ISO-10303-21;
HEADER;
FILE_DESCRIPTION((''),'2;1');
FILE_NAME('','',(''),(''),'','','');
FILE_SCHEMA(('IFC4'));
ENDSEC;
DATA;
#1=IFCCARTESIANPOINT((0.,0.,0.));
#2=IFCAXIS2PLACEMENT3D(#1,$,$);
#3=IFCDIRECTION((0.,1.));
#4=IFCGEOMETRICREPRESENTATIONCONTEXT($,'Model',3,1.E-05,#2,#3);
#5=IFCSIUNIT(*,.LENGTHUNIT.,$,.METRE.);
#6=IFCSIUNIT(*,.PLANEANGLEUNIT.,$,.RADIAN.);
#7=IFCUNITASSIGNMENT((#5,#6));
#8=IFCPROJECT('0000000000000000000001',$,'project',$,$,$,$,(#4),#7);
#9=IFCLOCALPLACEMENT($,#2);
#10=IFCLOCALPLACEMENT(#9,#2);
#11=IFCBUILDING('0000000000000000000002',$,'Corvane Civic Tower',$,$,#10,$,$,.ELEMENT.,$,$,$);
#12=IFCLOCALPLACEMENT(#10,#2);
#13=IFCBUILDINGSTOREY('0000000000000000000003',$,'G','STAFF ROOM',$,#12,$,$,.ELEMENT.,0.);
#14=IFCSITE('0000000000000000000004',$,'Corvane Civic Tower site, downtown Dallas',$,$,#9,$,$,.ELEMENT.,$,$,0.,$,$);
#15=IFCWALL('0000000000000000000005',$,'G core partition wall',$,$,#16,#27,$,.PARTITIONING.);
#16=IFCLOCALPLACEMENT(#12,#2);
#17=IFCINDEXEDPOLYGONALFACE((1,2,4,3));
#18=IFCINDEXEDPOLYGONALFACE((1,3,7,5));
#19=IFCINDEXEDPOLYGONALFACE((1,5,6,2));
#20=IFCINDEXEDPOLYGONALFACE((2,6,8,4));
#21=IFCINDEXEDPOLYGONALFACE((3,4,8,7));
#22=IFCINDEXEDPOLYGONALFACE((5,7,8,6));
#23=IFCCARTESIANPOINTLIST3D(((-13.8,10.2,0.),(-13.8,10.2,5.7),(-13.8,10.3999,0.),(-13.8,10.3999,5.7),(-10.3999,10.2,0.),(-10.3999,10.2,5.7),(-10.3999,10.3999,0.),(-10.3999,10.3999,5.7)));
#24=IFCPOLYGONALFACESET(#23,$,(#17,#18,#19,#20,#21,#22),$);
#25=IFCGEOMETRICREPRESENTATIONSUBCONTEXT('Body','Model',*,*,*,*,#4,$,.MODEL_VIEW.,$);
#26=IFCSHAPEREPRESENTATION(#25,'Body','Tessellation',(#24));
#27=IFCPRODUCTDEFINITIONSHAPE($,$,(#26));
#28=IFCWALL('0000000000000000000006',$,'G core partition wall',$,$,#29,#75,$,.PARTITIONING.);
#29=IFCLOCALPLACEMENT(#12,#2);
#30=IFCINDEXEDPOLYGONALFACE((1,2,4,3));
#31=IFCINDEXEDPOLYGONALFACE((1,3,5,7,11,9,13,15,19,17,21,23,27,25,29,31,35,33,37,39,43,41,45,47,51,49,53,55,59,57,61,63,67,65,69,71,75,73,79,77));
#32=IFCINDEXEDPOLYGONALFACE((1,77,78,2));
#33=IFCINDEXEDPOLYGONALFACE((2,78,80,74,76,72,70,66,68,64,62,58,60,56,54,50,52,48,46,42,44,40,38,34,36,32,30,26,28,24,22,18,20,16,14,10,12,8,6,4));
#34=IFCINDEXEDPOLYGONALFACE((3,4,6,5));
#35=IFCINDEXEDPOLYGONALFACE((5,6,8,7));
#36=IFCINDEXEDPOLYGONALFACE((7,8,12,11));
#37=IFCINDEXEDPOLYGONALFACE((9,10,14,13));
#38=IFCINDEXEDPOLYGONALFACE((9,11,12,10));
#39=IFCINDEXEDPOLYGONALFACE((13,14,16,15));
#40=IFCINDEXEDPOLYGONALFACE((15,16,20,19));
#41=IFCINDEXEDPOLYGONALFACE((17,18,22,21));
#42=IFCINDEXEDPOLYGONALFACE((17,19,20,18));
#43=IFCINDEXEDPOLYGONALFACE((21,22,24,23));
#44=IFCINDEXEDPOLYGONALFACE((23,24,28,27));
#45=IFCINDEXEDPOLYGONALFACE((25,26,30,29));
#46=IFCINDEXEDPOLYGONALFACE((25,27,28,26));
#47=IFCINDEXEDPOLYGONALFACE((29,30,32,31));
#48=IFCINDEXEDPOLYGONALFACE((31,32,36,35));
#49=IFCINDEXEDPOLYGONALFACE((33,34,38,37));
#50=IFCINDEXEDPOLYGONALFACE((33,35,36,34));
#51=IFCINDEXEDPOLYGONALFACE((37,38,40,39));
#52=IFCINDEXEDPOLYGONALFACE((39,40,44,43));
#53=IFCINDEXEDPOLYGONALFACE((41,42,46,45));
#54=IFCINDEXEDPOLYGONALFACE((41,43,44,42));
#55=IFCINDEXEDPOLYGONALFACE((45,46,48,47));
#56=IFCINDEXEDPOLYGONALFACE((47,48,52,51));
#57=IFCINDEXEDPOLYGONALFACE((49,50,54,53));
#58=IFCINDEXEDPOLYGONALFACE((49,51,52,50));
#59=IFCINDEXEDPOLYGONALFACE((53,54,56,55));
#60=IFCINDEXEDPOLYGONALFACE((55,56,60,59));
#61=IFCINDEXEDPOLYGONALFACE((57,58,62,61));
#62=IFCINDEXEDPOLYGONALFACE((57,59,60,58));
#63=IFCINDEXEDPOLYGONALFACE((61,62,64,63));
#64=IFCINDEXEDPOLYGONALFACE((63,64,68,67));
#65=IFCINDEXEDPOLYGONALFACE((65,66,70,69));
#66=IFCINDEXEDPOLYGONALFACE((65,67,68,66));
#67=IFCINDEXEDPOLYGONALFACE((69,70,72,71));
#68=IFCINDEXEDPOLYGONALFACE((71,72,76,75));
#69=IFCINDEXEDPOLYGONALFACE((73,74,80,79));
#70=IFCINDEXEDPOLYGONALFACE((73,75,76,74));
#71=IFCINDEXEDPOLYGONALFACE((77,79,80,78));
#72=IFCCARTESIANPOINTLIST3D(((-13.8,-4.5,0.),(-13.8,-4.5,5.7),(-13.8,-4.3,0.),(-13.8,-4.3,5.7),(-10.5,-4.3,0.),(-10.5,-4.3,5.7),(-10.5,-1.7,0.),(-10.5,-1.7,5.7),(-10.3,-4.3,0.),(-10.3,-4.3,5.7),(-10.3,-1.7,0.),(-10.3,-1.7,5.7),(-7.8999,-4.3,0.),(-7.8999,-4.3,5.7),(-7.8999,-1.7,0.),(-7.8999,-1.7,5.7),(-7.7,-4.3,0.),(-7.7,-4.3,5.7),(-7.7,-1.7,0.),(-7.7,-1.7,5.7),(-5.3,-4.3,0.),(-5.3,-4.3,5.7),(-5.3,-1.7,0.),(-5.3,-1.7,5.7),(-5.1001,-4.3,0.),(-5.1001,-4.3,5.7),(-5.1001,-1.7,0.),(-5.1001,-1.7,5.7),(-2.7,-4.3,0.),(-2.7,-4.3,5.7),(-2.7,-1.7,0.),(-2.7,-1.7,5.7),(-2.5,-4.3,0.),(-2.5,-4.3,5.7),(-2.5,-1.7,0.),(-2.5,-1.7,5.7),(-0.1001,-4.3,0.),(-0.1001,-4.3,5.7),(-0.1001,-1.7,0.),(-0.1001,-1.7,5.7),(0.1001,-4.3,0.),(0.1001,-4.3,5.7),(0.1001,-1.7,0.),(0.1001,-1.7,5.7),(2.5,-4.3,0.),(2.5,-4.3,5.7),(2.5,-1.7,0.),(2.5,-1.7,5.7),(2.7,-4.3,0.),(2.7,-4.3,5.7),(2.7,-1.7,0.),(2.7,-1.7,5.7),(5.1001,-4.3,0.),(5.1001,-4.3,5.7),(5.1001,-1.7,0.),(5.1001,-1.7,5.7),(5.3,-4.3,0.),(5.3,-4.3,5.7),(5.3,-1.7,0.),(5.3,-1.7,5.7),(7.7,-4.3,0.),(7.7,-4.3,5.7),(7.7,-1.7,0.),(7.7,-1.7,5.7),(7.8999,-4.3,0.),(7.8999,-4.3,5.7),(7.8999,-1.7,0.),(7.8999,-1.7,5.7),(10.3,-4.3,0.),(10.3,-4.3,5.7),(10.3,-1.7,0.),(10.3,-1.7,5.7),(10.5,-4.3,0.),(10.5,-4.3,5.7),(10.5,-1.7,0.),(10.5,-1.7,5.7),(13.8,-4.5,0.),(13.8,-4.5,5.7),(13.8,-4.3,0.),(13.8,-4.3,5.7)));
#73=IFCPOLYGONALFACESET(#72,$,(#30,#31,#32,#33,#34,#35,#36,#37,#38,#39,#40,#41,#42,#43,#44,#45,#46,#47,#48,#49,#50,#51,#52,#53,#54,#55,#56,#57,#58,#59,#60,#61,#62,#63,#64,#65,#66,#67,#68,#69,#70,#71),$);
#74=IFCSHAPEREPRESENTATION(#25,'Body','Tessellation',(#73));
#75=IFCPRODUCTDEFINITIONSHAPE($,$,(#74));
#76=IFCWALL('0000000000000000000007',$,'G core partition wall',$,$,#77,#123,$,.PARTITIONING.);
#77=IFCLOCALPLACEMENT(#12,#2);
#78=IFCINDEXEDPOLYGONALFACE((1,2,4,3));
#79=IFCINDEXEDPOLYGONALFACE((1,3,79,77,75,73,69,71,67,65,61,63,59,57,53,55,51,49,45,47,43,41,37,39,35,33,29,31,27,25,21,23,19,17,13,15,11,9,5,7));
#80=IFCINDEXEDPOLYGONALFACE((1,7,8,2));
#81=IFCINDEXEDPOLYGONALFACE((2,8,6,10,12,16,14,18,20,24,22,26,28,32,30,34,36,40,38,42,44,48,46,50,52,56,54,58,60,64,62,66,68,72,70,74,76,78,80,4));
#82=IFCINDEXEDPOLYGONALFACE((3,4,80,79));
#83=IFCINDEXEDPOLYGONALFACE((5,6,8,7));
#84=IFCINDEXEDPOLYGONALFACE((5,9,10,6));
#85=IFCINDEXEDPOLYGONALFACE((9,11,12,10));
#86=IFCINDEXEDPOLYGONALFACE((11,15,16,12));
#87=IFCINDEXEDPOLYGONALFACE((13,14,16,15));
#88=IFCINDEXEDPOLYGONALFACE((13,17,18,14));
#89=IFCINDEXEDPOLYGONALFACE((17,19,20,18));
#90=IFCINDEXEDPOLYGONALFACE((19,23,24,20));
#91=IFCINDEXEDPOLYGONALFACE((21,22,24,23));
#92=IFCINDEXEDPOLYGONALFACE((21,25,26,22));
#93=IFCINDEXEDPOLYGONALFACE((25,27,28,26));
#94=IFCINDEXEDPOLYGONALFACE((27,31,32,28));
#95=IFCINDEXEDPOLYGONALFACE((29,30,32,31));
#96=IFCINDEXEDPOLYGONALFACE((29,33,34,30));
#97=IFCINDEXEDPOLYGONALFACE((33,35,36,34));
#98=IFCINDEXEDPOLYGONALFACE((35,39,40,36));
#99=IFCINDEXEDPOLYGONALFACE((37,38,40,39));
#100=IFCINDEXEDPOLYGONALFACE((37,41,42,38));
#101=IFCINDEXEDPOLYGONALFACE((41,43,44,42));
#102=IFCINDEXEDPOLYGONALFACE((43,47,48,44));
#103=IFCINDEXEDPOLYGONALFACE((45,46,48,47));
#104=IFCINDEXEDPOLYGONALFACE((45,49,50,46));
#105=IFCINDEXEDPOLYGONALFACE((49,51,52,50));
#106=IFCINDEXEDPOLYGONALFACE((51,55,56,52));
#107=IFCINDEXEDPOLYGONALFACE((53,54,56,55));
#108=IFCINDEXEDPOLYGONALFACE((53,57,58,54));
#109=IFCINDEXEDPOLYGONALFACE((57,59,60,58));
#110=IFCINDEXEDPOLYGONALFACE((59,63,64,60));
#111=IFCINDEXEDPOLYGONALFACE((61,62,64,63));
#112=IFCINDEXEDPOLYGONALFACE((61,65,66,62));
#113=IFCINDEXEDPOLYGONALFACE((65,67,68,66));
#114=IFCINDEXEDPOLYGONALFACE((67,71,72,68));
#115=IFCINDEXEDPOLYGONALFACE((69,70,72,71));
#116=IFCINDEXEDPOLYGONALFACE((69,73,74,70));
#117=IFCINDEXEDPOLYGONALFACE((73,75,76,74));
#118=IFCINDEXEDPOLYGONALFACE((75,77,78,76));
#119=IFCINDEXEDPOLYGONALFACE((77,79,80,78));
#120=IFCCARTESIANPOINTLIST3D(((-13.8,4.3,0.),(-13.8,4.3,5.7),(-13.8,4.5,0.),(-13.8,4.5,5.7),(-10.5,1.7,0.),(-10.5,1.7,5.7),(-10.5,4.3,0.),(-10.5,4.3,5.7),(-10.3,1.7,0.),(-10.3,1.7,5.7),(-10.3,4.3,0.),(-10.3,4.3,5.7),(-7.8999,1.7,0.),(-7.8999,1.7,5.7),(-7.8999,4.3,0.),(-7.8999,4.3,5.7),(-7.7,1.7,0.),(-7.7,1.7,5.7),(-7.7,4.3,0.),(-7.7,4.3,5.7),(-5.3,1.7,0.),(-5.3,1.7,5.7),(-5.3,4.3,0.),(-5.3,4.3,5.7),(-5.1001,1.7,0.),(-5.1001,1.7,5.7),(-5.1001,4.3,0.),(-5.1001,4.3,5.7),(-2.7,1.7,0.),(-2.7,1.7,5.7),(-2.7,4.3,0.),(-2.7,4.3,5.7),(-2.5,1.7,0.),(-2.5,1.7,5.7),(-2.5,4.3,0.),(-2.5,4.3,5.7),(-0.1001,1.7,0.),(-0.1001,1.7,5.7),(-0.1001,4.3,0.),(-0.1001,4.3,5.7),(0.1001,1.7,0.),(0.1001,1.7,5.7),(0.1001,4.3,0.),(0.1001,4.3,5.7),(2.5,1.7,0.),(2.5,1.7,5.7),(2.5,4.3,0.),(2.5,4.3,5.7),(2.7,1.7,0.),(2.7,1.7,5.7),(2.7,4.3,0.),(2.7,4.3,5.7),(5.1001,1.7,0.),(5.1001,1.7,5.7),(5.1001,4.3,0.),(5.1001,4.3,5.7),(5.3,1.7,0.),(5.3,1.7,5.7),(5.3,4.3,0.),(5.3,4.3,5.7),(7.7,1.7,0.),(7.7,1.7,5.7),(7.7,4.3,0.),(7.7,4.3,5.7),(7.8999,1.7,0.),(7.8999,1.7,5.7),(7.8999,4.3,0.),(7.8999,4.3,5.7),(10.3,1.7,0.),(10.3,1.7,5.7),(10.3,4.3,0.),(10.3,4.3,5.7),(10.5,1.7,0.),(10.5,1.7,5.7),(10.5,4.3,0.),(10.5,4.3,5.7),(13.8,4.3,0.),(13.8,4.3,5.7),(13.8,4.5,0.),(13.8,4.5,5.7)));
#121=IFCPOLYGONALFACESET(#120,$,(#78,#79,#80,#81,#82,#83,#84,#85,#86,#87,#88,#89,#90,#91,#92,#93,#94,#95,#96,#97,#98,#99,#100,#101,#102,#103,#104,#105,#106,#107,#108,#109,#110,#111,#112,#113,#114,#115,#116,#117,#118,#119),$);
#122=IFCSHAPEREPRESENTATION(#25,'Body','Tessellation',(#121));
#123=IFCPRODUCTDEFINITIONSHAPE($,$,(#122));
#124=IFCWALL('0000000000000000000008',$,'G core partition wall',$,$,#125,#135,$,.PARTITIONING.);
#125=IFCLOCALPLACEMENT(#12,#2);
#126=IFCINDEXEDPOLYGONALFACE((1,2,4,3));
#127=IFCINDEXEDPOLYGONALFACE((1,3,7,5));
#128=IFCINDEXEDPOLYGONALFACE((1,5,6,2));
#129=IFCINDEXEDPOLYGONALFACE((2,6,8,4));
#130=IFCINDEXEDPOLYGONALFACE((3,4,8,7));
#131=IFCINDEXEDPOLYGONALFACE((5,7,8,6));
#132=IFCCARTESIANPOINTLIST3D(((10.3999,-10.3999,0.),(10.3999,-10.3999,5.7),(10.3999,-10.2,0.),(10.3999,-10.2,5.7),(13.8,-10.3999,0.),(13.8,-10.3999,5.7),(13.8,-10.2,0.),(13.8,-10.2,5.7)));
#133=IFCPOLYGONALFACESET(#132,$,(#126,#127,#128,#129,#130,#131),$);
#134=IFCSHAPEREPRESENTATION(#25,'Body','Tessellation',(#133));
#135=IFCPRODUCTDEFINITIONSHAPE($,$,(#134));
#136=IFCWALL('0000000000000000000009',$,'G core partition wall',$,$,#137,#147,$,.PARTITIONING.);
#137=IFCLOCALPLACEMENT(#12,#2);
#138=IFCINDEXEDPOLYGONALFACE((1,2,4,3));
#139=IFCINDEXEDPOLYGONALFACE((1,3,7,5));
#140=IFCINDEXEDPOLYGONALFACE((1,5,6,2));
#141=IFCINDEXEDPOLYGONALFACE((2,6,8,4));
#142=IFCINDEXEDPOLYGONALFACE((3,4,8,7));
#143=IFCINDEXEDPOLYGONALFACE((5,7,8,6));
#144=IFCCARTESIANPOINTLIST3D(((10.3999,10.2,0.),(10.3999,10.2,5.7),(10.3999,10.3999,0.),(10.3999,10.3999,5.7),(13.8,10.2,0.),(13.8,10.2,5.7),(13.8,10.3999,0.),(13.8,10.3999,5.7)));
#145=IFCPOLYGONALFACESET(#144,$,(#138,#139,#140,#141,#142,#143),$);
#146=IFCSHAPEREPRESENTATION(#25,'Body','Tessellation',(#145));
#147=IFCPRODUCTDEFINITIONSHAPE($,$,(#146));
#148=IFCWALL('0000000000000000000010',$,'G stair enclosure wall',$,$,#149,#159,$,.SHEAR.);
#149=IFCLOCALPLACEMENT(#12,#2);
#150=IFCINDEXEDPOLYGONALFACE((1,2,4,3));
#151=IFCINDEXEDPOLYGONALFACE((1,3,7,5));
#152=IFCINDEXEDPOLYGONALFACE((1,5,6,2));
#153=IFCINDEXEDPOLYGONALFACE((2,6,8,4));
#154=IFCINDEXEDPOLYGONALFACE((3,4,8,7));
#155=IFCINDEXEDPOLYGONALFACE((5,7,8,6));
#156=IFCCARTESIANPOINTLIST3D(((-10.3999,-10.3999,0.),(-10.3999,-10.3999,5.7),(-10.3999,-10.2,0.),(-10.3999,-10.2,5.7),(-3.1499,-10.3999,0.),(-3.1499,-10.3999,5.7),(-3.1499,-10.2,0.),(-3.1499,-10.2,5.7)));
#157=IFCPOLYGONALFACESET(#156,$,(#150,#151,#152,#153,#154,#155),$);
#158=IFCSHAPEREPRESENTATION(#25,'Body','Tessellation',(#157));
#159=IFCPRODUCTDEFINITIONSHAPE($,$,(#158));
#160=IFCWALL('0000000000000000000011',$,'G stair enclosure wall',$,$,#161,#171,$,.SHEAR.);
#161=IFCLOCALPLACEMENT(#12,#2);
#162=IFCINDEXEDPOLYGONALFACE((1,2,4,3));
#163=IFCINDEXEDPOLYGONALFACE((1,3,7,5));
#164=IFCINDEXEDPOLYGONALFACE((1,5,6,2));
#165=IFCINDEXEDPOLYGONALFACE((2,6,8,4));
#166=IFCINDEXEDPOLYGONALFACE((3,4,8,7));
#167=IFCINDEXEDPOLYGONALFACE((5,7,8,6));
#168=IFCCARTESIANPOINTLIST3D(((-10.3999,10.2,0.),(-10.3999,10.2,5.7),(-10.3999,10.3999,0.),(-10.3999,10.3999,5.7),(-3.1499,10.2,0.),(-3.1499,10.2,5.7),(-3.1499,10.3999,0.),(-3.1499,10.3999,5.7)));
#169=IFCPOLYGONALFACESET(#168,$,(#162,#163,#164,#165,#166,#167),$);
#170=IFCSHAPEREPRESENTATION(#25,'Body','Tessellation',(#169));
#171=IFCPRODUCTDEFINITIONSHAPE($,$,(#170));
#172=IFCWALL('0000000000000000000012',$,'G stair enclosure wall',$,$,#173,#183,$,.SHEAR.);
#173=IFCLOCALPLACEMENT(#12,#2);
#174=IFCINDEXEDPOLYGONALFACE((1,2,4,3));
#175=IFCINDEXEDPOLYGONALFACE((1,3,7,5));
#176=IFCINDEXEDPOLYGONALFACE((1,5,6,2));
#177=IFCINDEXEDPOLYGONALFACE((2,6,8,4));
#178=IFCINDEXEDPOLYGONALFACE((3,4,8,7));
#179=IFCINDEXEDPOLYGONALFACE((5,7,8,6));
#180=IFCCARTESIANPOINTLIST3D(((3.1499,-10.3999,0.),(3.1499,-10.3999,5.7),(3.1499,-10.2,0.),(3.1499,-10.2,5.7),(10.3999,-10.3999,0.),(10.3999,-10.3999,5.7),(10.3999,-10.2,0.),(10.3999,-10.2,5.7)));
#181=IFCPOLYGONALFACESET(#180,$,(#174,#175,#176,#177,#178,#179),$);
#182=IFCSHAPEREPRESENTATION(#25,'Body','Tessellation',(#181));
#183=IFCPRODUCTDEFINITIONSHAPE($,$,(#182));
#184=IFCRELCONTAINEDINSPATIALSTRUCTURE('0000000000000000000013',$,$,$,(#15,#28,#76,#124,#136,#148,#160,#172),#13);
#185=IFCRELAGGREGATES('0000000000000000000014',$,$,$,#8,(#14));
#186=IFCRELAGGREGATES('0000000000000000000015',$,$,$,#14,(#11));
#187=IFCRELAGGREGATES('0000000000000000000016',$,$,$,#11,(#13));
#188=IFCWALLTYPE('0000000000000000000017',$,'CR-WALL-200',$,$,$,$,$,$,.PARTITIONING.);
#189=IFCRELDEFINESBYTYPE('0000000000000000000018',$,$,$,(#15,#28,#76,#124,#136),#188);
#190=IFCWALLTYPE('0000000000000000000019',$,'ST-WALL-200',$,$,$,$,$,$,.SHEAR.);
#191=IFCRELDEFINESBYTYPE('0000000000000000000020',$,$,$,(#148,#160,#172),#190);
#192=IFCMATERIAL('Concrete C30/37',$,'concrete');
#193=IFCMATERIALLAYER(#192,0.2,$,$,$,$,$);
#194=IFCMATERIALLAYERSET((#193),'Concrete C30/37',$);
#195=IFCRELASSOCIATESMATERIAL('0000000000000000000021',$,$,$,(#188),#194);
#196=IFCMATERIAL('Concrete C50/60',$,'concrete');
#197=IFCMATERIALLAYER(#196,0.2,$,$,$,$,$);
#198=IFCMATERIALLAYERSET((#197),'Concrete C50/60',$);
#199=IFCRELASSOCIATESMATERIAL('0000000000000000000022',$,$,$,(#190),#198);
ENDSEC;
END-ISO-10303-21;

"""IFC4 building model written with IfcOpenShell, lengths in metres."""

from ifc_helpers import new_model, si_unit, direction, origin, place, context, subcontext, project, spatial, polyline, outline, extrude, material, layer, layer_set, type_object, element, save


model = new_model("IFC4")

# Units and contexts
model_context = context("Model", 3, precision=1e-05, world=origin(), true_north=direction((0.0, 1.0)))
body_context = subcontext(model_context, "Body", "Model", "MODEL_VIEW")
ifc_project = project(units=[si_unit("LENGTHUNIT", "METRE"), si_unit("PLANEANGLEUNIT", "RADIAN")], contexts=[model_context])

# Site, building, storey
site_placement = place(None, origin())
site = spatial("IfcSite", under=ifc_project, at=site_placement, Name="Corvane Civic Tower site, downtown Dallas", CompositionType="ELEMENT", RefElevation=0.0)
building_placement = place(site_placement, origin())
building = spatial("IfcBuilding", under=site, at=building_placement, Name="Corvane Civic Tower", CompositionType="ELEMENT")
storey_placement = place(building_placement, origin())
storey = spatial("IfcBuildingStorey", under=building, at=storey_placement, Name="G", Description="STAFF ROOM", CompositionType="ELEMENT", Elevation=0.0)

# Walls
ifc_material_1 = material(Name="Concrete C30/37", Category="concrete")
ifc_layer_1 = layer(ifc_material_1, 0.2)
ifc_layer_set_1 = layer_set([ifc_layer_1], Name="Concrete C30/37")
wall_type_1 = type_object("IfcWallType", Name="CR-WALL-200", PredefinedType="PARTITIONING", material=ifc_layer_set_1)
wall_1_placement = place(storey_placement, origin())
element("IfcWall", 1, at=wall_1_placement, inside=storey, type_object=wall_type_1, Name="G core partition wall", PredefinedType="PARTITIONING", context=body_context, shape_type="SweptSolid", body=[
    extrude(outline(polyline([(-13.8, 10.2), (-13.8, 10.3999), (-10.3999, 10.3999), (-10.3999, 10.2), (-13.8, 10.2)])), origin(), (0.0, 0.0, 1.0), 5.7),
])
wall_2_placement = place(storey_placement, origin())
element("IfcWall", 2, at=wall_2_placement, inside=storey, type_object=wall_type_1, Name="G core partition wall", PredefinedType="PARTITIONING", context=body_context, shape_type="SweptSolid", body=[
    extrude(outline(polyline([(-10.5, -1.7), (-10.3, -1.7), (-10.3, -4.3), (-7.8999, -4.3), (-7.8999, -1.7), (-7.7, -1.7), (-7.7, -4.3), (-5.3, -4.3), (-5.3, -1.7), (-5.1001, -1.7), (-5.1001, -4.3), (-2.7, -4.3), (-2.7, -1.7), (-2.5, -1.7), (-2.5, -4.3), (-0.1001, -4.3), (-0.1001, -1.7), (0.1001, -1.7), (0.1001, -4.3), (2.5, -4.3), (2.5, -1.7), (2.7, -1.7), (2.7, -4.3), (5.1001, -4.3), (5.1001, -1.7), (5.3, -1.7), (5.3, -4.3), (7.7, -4.3), (7.7, -1.7), (7.8999, -1.7), (7.8999, -4.3), (10.3, -4.3), (10.3, -1.7), (10.5, -1.7), (10.5, -4.3), (13.8, -4.3), (13.8, -4.5), (-13.8, -4.5), (-13.8, -4.3), (-10.5, -4.3), (-10.5, -1.7)])), origin(), (0.0, 0.0, 1.0), 5.7),
])
wall_3_placement = place(storey_placement, origin())
element("IfcWall", 3, at=wall_3_placement, inside=storey, type_object=wall_type_1, Name="G core partition wall", PredefinedType="PARTITIONING", context=body_context, shape_type="SweptSolid", body=[
    extrude(outline(polyline([(-7.7, 4.3), (-7.7, 1.7), (-7.8999, 1.7), (-7.8999, 4.3), (-10.3, 4.3), (-10.3, 1.7), (-10.5, 1.7), (-10.5, 4.3), (-13.8, 4.3), (-13.8, 4.5), (13.8, 4.5), (13.8, 4.3), (10.5, 4.3), (10.5, 1.7), (10.3, 1.7), (10.3, 4.3), (7.8999, 4.3), (7.8999, 1.7), (7.7, 1.7), (7.7, 4.3), (5.3, 4.3), (5.3, 1.7), (5.1001, 1.7), (5.1001, 4.3), (2.7, 4.3), (2.7, 1.7), (2.5, 1.7), (2.5, 4.3), (0.1001, 4.3), (0.1001, 1.7), (-0.1001, 1.7), (-0.1001, 4.3), (-2.5, 4.3), (-2.5, 1.7), (-2.7, 1.7), (-2.7, 4.3), (-5.1001, 4.3), (-5.1001, 1.7), (-5.3, 1.7), (-5.3, 4.3), (-7.7, 4.3)])), origin(), (0.0, 0.0, 1.0), 5.7),
])
wall_4_placement = place(storey_placement, origin())
element("IfcWall", 4, at=wall_4_placement, inside=storey, type_object=wall_type_1, Name="G core partition wall", PredefinedType="PARTITIONING", context=body_context, shape_type="SweptSolid", body=[
    extrude(outline(polyline([(13.8, -10.3999), (10.3999, -10.3999), (10.3999, -10.2), (13.8, -10.2), (13.8, -10.3999)])), origin(), (0.0, 0.0, 1.0), 5.7),
])
wall_5_placement = place(storey_placement, origin())
element("IfcWall", 5, at=wall_5_placement, inside=storey, type_object=wall_type_1, Name="G core partition wall", PredefinedType="PARTITIONING", context=body_context, shape_type="SweptSolid", body=[
    extrude(outline(polyline([(10.3999, 10.2), (10.3999, 10.3999), (13.8, 10.3999), (13.8, 10.2), (10.3999, 10.2)])), origin(), (0.0, 0.0, 1.0), 5.7),
])
ifc_material_2 = material(Name="Concrete C50/60", Category="concrete")
ifc_layer_2 = layer(ifc_material_2, 0.2)
ifc_layer_set_2 = layer_set([ifc_layer_2], Name="Concrete C50/60")
wall_type_2 = type_object("IfcWallType", Name="ST-WALL-200", PredefinedType="SHEAR", material=ifc_layer_set_2)
wall_6_placement = place(storey_placement, origin())
element("IfcWall", 6, at=wall_6_placement, inside=storey, type_object=wall_type_2, Name="G stair enclosure wall", PredefinedType="SHEAR", context=body_context, shape_type="SweptSolid", body=[
    extrude(outline(polyline([(-3.1499, -10.2), (-3.1499, -10.3999), (-10.3999, -10.3999), (-10.3999, -10.2), (-3.1499, -10.2)])), origin(), (0.0, 0.0, 1.0), 5.7),
])
wall_7_placement = place(storey_placement, origin())
element("IfcWall", 7, at=wall_7_placement, inside=storey, type_object=wall_type_2, Name="G stair enclosure wall", PredefinedType="SHEAR", context=body_context, shape_type="SweptSolid", body=[
    extrude(outline(polyline([(-3.1499, 10.2), (-10.3999, 10.2), (-10.3999, 10.3999), (-3.1499, 10.3999), (-3.1499, 10.2)])), origin(), (0.0, 0.0, 1.0), 5.7),
])
wall_8_placement = place(storey_placement, origin())
element("IfcWall", 8, at=wall_8_placement, inside=storey, type_object=wall_type_2, Name="G stair enclosure wall", PredefinedType="SHEAR", context=body_context, shape_type="SweptSolid", body=[
    extrude(outline(polyline([(10.3999, -10.3999), (3.1499, -10.3999), (3.1499, -10.2), (10.3999, -10.2), (10.3999, -10.3999)])), origin(), (0.0, 0.0, 1.0), 5.7),
])

save(model, "model.ifc")
